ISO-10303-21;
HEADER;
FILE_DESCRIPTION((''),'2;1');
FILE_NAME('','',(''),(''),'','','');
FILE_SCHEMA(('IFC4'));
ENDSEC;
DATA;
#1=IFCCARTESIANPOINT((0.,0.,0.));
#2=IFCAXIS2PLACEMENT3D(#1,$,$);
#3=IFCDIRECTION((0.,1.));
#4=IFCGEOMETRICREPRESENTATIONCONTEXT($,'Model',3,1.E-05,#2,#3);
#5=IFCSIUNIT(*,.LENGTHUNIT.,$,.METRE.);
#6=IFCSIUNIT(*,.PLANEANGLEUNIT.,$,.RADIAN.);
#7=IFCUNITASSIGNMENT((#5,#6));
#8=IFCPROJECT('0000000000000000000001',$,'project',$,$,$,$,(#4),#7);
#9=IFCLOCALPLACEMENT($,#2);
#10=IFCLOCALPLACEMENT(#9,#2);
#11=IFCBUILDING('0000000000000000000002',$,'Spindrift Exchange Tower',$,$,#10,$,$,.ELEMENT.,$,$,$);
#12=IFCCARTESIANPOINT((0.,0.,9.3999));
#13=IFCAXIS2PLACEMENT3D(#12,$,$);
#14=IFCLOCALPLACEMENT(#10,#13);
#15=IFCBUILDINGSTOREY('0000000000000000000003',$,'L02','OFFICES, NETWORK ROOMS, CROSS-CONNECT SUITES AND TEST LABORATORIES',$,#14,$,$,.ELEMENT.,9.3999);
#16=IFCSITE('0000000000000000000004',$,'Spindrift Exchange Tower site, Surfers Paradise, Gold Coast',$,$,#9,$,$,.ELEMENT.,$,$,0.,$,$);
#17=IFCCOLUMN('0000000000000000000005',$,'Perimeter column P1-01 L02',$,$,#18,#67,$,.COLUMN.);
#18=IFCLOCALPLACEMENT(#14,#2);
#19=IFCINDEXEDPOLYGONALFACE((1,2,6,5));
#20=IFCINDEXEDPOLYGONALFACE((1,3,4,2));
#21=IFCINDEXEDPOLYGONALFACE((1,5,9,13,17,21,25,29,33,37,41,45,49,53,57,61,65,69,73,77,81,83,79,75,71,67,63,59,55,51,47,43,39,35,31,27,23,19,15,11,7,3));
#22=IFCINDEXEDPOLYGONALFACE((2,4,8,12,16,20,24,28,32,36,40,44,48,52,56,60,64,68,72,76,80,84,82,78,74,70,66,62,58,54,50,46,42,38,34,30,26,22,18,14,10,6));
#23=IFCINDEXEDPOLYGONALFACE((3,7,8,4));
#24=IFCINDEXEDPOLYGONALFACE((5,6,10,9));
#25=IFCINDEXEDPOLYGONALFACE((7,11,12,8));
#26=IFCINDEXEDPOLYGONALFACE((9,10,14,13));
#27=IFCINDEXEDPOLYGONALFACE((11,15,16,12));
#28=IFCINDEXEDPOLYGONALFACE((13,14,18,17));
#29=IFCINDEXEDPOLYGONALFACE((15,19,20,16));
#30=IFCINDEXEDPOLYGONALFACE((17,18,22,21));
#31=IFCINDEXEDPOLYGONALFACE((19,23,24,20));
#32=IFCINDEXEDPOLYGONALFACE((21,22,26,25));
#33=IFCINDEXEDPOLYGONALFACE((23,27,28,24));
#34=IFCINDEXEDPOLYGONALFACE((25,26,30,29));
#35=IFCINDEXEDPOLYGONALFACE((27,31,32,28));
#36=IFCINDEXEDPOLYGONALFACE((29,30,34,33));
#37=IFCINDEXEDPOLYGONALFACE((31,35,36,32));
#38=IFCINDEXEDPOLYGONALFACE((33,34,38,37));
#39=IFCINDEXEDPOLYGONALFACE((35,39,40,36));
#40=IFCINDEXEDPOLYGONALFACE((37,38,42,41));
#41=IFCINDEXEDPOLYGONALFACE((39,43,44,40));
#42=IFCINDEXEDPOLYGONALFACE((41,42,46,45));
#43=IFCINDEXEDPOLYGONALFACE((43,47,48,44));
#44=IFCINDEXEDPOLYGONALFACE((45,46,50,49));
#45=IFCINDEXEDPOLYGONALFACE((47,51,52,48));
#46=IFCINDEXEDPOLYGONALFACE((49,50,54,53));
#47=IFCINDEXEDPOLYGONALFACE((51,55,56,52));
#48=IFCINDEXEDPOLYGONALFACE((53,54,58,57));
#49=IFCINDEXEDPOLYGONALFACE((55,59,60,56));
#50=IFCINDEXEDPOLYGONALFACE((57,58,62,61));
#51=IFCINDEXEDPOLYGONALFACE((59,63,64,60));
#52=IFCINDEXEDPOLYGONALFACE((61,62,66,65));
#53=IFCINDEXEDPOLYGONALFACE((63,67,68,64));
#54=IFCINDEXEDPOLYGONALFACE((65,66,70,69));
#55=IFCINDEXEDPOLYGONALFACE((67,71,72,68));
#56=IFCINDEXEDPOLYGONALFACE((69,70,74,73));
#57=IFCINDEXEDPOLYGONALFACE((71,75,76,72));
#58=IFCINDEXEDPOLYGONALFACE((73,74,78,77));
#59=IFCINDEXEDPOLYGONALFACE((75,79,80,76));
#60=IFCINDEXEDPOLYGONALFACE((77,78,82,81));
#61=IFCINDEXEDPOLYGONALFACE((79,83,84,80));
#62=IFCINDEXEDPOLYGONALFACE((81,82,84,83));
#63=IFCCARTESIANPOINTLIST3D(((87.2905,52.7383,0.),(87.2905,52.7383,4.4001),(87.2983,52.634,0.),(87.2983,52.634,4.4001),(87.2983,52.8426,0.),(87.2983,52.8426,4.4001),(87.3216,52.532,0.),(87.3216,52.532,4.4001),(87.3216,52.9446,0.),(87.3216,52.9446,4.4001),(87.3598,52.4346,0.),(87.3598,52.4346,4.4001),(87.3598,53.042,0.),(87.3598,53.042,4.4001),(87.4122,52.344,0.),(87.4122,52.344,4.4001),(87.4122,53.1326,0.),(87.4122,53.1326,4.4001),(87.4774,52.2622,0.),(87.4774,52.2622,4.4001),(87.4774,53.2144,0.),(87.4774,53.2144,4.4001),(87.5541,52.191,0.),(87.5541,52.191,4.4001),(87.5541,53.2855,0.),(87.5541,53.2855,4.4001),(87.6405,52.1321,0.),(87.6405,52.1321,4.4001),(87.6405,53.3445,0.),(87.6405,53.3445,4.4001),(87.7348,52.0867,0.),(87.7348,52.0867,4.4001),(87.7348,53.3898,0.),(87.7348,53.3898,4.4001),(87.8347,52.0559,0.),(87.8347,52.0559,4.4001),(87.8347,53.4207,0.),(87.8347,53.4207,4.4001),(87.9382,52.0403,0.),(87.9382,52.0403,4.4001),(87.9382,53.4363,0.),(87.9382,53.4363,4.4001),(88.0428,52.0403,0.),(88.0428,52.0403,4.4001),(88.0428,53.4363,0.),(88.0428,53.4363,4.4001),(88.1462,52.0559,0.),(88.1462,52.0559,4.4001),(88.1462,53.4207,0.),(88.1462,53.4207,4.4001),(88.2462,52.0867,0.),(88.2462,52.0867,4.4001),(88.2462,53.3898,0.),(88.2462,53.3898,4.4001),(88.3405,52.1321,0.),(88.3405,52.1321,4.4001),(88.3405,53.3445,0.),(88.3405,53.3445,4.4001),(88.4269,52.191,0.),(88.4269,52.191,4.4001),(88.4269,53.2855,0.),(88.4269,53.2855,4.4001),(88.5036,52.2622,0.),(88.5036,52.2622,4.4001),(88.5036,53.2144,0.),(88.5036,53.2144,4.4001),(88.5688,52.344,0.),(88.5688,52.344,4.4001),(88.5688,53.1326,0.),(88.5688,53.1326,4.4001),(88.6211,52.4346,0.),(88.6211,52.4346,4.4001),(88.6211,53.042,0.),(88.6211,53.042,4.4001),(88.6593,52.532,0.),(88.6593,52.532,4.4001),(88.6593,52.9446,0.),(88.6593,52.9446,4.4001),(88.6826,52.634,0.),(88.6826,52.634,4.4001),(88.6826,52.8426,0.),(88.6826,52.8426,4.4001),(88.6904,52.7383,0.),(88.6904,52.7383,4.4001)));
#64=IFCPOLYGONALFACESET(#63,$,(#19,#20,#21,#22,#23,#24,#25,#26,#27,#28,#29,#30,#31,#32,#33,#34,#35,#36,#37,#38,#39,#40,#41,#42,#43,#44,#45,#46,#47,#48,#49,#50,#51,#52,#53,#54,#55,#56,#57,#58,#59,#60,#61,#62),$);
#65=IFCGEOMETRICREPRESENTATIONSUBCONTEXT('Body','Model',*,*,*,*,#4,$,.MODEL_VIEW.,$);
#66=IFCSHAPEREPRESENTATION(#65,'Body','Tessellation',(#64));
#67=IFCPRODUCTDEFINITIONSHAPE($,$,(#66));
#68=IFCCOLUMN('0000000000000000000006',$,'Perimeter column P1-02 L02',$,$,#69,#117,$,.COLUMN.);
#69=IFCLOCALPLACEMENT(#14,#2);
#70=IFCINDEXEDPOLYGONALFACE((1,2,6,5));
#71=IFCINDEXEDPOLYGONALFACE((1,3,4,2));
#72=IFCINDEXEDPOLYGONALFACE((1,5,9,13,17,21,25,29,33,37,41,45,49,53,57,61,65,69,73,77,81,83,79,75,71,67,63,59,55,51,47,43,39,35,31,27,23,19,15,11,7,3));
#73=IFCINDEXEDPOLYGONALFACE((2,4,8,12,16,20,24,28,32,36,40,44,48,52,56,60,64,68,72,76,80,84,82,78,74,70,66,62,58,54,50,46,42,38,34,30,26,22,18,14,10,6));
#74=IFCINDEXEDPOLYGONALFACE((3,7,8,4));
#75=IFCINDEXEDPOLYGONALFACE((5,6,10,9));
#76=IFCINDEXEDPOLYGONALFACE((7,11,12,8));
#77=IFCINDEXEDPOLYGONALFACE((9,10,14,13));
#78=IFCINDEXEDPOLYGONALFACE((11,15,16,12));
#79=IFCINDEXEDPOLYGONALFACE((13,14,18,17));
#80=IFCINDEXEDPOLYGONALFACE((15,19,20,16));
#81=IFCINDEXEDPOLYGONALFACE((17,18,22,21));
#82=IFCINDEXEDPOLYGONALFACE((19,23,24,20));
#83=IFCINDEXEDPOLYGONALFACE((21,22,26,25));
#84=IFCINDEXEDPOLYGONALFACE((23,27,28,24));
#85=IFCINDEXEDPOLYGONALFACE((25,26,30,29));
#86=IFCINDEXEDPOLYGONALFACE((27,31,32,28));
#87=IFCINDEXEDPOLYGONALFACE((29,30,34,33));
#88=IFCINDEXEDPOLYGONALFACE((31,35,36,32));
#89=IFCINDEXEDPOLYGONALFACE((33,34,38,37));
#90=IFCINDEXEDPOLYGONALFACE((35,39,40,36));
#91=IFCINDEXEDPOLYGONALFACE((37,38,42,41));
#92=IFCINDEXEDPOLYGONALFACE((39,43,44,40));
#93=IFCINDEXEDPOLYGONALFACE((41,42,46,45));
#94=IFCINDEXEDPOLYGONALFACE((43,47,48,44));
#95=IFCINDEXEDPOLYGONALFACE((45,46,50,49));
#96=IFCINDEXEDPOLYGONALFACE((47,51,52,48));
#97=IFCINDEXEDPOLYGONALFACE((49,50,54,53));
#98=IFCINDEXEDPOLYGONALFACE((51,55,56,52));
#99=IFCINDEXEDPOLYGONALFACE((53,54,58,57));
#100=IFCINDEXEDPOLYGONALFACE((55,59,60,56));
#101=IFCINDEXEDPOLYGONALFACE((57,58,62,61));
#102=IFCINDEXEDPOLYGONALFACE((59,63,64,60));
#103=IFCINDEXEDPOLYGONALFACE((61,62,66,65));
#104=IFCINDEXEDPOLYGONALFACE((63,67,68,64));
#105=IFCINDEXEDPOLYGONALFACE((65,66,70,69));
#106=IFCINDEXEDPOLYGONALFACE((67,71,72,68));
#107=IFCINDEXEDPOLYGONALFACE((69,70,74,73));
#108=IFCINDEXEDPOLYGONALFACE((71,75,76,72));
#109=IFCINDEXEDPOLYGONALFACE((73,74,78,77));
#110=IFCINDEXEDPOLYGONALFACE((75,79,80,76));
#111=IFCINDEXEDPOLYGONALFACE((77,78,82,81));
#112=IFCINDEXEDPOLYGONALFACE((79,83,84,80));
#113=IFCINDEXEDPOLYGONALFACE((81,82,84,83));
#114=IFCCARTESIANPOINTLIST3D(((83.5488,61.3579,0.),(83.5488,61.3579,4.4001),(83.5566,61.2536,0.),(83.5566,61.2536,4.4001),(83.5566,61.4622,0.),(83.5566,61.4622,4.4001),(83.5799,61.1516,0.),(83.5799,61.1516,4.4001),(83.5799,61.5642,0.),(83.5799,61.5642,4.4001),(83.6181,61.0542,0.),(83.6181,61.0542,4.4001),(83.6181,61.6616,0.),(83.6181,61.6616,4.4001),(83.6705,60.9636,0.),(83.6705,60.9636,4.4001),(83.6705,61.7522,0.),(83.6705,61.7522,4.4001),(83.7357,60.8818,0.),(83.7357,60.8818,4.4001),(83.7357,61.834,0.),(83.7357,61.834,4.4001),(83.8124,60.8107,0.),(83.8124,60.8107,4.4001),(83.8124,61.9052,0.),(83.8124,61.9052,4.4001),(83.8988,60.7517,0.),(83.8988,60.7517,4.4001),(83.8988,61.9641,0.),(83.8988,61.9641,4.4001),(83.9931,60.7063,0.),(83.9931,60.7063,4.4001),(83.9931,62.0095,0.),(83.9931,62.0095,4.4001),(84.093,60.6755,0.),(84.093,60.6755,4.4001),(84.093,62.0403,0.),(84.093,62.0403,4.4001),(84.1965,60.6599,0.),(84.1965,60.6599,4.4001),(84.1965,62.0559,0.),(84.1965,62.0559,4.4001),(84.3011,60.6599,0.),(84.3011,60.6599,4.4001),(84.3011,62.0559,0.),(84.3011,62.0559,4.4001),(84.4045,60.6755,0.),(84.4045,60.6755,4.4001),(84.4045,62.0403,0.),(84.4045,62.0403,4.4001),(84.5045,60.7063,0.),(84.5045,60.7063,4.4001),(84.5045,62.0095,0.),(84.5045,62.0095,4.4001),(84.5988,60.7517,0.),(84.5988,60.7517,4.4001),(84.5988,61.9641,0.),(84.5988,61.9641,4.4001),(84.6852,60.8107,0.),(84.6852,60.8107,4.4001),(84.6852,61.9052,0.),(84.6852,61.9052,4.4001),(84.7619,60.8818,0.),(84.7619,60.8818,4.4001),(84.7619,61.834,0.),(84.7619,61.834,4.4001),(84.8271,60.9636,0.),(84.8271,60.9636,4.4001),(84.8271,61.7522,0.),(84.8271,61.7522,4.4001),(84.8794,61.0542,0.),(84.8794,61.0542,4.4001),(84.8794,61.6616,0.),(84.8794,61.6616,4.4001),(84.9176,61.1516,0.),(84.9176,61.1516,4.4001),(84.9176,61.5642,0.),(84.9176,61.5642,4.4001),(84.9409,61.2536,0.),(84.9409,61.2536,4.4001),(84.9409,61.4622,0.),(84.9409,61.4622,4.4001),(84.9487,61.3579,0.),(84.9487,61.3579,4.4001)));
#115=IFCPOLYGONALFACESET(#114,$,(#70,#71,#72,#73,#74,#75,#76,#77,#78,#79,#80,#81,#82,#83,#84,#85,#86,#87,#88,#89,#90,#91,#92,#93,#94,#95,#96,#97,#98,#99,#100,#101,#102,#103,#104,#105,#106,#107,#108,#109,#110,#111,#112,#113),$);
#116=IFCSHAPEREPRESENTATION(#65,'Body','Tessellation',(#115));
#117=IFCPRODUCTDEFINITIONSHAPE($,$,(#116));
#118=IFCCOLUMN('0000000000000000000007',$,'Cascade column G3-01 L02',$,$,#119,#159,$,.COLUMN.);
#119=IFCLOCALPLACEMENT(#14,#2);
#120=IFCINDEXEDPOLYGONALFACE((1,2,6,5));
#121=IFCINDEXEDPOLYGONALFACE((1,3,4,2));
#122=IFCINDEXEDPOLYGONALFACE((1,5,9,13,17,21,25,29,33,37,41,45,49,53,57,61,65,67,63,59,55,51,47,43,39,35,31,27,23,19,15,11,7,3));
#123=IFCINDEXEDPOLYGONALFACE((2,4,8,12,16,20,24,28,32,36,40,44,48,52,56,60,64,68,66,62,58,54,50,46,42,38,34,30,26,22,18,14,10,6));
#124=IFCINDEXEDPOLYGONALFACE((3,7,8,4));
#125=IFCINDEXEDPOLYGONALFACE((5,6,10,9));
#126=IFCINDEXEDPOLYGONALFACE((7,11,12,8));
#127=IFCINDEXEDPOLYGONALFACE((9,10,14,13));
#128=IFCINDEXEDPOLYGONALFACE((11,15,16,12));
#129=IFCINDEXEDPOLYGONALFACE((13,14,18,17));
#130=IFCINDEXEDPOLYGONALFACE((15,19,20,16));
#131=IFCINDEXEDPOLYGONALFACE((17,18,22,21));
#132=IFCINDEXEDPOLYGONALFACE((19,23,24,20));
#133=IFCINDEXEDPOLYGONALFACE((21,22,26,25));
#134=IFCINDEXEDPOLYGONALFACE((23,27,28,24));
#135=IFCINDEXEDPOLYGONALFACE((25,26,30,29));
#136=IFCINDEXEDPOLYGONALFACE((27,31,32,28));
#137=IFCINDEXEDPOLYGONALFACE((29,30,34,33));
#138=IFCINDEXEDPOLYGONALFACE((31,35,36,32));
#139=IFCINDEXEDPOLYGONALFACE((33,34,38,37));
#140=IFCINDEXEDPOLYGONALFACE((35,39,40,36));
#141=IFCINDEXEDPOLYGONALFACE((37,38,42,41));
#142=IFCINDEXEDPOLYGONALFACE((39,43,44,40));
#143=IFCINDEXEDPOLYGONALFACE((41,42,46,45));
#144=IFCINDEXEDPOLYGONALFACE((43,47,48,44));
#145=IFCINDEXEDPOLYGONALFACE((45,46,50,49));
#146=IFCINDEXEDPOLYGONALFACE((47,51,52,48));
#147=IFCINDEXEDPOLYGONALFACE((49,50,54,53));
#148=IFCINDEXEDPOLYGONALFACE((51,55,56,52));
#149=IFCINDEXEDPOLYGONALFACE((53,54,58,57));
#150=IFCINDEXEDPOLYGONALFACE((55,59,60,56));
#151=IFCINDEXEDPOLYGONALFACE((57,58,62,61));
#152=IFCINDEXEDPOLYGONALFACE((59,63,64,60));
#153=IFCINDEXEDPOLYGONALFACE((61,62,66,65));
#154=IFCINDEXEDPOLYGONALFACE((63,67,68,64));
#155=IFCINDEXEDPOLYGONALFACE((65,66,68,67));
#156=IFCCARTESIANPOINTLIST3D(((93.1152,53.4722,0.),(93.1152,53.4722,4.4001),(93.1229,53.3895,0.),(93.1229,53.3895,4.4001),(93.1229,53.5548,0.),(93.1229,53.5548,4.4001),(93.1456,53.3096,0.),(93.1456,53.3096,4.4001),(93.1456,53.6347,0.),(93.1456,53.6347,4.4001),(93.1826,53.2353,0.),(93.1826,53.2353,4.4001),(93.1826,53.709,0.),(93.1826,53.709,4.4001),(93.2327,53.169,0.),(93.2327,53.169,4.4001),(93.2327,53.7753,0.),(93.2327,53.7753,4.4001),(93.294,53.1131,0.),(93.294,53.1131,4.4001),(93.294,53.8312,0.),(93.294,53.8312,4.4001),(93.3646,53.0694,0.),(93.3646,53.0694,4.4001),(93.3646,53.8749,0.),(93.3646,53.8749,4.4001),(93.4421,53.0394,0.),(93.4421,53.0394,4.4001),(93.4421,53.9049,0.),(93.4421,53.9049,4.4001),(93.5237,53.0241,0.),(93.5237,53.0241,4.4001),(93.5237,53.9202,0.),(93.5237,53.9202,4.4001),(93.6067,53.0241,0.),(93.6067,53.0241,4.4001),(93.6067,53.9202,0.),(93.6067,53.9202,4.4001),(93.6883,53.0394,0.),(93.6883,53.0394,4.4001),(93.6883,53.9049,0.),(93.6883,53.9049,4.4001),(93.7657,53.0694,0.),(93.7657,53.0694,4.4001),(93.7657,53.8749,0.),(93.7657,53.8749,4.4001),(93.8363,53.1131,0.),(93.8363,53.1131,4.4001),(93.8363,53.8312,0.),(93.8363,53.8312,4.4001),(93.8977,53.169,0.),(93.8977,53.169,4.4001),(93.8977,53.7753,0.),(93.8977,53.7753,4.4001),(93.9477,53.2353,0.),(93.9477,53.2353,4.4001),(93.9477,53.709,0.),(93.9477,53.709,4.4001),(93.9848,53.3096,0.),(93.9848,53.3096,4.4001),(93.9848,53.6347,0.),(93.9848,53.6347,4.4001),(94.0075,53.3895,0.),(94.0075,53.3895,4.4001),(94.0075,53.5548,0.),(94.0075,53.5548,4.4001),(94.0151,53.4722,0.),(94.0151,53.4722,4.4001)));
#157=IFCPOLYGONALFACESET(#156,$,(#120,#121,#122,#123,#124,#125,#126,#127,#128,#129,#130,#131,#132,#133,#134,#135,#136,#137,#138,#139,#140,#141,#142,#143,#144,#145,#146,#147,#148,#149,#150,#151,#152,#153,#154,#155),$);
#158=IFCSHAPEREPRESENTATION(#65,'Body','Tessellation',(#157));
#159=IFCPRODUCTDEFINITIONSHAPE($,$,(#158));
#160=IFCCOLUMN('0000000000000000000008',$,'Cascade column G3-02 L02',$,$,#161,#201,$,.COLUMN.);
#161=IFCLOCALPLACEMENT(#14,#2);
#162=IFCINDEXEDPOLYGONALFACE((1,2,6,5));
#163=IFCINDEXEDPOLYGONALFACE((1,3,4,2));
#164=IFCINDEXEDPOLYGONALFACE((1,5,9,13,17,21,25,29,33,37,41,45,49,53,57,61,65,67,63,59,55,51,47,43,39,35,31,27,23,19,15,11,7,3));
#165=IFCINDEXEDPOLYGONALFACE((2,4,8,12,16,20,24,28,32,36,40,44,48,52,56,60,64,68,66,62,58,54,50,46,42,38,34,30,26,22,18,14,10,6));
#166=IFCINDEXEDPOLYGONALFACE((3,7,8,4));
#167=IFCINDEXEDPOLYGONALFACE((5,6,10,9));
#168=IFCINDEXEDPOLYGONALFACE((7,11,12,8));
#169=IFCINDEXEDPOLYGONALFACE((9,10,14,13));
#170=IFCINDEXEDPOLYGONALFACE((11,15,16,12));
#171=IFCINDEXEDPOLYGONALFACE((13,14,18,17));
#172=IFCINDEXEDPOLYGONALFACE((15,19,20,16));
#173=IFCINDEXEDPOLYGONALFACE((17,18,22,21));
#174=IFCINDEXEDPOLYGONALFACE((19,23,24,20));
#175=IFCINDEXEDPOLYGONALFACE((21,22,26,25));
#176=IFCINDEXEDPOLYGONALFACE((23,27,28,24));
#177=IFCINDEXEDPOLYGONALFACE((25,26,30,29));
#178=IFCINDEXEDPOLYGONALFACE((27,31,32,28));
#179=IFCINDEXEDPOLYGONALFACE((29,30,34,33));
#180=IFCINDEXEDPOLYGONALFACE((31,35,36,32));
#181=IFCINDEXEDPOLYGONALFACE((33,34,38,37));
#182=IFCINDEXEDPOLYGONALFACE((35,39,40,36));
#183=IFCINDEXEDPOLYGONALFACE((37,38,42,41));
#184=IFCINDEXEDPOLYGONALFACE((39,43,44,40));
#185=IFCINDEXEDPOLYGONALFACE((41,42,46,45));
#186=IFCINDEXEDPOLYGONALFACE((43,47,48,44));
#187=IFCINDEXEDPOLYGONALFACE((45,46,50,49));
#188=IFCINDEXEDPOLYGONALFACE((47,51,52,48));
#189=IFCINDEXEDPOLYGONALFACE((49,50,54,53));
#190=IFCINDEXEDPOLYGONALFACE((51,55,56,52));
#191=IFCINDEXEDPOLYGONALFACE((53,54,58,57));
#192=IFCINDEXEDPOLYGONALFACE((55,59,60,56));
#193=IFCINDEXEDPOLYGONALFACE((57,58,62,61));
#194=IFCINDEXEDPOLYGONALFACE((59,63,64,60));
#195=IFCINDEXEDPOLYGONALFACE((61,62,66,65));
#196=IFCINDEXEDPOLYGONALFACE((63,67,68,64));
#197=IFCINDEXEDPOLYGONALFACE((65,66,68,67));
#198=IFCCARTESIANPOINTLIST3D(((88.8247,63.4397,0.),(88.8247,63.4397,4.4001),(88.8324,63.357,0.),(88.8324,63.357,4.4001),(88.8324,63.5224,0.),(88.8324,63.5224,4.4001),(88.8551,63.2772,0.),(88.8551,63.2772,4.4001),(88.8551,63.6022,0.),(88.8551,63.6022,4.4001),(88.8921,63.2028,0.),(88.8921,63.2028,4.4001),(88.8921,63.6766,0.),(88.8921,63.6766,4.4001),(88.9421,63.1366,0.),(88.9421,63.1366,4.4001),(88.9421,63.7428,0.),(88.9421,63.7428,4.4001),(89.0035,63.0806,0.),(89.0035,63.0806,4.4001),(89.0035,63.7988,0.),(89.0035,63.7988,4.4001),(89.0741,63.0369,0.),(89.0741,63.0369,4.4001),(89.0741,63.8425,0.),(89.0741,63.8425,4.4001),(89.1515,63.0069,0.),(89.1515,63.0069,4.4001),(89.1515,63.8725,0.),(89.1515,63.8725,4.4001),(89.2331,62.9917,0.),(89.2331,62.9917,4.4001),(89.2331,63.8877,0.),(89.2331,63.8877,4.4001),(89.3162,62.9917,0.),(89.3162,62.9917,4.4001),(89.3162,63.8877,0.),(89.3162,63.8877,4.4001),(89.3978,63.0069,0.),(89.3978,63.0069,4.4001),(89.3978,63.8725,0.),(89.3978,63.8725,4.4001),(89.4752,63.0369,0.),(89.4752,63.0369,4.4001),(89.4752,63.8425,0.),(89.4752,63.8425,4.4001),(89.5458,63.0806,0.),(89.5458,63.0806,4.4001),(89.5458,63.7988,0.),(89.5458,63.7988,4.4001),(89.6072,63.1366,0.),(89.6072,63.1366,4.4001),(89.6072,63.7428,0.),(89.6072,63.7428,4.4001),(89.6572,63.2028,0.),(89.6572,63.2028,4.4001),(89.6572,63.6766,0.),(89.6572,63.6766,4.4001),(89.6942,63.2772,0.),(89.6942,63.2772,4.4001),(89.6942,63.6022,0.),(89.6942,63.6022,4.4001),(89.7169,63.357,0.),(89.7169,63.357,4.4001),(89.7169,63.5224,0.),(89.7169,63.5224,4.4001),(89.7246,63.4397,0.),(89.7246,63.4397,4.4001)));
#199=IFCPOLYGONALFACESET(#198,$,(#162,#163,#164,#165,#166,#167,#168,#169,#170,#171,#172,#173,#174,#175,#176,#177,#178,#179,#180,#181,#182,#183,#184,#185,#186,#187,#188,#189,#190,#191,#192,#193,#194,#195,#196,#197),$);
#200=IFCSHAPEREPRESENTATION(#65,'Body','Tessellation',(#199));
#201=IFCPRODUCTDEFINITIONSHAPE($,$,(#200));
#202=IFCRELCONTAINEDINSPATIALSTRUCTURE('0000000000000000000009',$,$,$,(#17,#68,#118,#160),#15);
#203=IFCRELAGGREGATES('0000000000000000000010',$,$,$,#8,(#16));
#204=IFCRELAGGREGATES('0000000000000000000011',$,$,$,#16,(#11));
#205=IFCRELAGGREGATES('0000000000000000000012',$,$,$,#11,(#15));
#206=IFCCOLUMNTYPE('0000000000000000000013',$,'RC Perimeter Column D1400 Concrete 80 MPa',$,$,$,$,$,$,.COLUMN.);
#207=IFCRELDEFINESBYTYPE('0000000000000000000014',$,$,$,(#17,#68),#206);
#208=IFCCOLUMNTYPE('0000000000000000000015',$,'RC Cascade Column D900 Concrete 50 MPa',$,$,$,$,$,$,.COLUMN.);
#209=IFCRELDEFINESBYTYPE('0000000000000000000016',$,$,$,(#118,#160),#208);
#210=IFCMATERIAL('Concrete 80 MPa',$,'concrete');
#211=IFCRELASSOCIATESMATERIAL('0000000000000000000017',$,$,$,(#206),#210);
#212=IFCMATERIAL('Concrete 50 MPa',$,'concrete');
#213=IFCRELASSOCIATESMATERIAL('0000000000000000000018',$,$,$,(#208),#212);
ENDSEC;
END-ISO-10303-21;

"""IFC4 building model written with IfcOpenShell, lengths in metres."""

from ifc_helpers import new_model, si_unit, direction, frame, origin, origin_2d, place, context, subcontext, project, spatial, circle, extrude, source, transform, mapped, material, material_profile, profile_set, type_object, element, save


model = new_model("IFC4")

# Units and contexts
model_context = context("Model", 3, precision=1e-05, world=origin(), true_north=direction((0.0, 1.0)))
body_context = subcontext(model_context, "Body", "Model", "MODEL_VIEW")
ifc_project = project(units=[si_unit("LENGTHUNIT", "METRE"), si_unit("PLANEANGLEUNIT", "RADIAN")], contexts=[model_context])

# Site, building, storey
site_placement = place(None, origin())
site = spatial("IfcSite", under=ifc_project, at=site_placement, Name="Spindrift Exchange Tower site, Surfers Paradise, Gold Coast", CompositionType="ELEMENT", RefElevation=0.0)
building_placement = place(site_placement, origin())
building = spatial("IfcBuilding", under=site, at=building_placement, Name="Spindrift Exchange Tower", CompositionType="ELEMENT")
storey_placement = place(building_placement, frame((0.0, 0.0, 9.3999)))
storey = spatial("IfcBuildingStorey", under=building, at=storey_placement, Name="L02", Description="OFFICES, NETWORK ROOMS, CROSS-CONNECT SUITES AND TEST LABORATORIES", CompositionType="ELEMENT", Elevation=9.3999)

# Columns
ifc_material_1 = material(Name="Concrete 80 MPa", Category="concrete")
ifc_material_profile_1 = material_profile(ifc_material_1, circle(Radius=0.7, at=origin_2d()), Name="RC D1400")
ifc_profile_set_1 = profile_set([ifc_material_profile_1], Name="Concrete 80 MPa")
column_type_1 = type_object("IfcColumnType", Name="RC Perimeter Column D1400 Concrete 80 MPa", PredefinedType="COLUMN", material=ifc_profile_set_1)
shared_shape_1 = source(origin(), body_context, "Body", "SweptSolid", [
    extrude(circle(Radius=0.7, at=origin_2d()), origin(), (0.0, 0.0, 1.0), 4.4001),
])
for number, where, z_axis, x_axis, name in (
    (1, (87.9905, 52.7383, 0.0), (0.0, 0.0, 1.0), (1.0, 0.0, 0.0), "Perimeter column P1-01 L02"),
    (2, (84.2488, 61.3579, 0.0), (0.0, 0.0, 1.0), (1.0, 0.0, 0.0), "Perimeter column P1-02 L02"),
):
    element("IfcColumn", number, at=place(storey_placement, frame(where, z_axis=z_axis, x_axis=x_axis)), inside=storey, type_object=column_type_1, Name=name, PredefinedType="COLUMN", context=body_context, shape_type="MappedRepresentation", body=[
        mapped(shared_shape_1, transform((0.0, 0.0, 0.0), scale=1.0)),
    ])
ifc_material_2 = material(Name="Concrete 50 MPa", Category="concrete")
ifc_material_profile_2 = material_profile(ifc_material_2, circle(Radius=0.45, at=origin_2d()), Name="RC D900")
ifc_profile_set_2 = profile_set([ifc_material_profile_2], Name="Concrete 50 MPa")
column_type_2 = type_object("IfcColumnType", Name="RC Cascade Column D900 Concrete 50 MPa", PredefinedType="COLUMN", material=ifc_profile_set_2)
shared_shape_2 = source(origin(), body_context, "Body", "SweptSolid", [
    extrude(circle(Radius=0.45, at=origin_2d()), origin(), (0.0, 0.0, 1.0), 4.4001),
])
for number, where, z_axis, x_axis, name in (
    (3, (93.5652, 53.4722, 0.0), (0.0, 0.0, 1.0), (1.0, 0.0, 0.0), "Cascade column G3-01 L02"),
    (4, (89.2747, 63.4397, 0.0), (0.0, 0.0, 1.0), (1.0, 0.0, 0.0), "Cascade column G3-02 L02"),
):
    element("IfcColumn", number, at=place(storey_placement, frame(where, z_axis=z_axis, x_axis=x_axis)), inside=storey, type_object=column_type_2, Name=name, PredefinedType="COLUMN", context=body_context, shape_type="MappedRepresentation", body=[
        mapped(shared_shape_2, transform((0.0, 0.0, 0.0), scale=1.0)),
    ])

save(model, "model.ifc")
